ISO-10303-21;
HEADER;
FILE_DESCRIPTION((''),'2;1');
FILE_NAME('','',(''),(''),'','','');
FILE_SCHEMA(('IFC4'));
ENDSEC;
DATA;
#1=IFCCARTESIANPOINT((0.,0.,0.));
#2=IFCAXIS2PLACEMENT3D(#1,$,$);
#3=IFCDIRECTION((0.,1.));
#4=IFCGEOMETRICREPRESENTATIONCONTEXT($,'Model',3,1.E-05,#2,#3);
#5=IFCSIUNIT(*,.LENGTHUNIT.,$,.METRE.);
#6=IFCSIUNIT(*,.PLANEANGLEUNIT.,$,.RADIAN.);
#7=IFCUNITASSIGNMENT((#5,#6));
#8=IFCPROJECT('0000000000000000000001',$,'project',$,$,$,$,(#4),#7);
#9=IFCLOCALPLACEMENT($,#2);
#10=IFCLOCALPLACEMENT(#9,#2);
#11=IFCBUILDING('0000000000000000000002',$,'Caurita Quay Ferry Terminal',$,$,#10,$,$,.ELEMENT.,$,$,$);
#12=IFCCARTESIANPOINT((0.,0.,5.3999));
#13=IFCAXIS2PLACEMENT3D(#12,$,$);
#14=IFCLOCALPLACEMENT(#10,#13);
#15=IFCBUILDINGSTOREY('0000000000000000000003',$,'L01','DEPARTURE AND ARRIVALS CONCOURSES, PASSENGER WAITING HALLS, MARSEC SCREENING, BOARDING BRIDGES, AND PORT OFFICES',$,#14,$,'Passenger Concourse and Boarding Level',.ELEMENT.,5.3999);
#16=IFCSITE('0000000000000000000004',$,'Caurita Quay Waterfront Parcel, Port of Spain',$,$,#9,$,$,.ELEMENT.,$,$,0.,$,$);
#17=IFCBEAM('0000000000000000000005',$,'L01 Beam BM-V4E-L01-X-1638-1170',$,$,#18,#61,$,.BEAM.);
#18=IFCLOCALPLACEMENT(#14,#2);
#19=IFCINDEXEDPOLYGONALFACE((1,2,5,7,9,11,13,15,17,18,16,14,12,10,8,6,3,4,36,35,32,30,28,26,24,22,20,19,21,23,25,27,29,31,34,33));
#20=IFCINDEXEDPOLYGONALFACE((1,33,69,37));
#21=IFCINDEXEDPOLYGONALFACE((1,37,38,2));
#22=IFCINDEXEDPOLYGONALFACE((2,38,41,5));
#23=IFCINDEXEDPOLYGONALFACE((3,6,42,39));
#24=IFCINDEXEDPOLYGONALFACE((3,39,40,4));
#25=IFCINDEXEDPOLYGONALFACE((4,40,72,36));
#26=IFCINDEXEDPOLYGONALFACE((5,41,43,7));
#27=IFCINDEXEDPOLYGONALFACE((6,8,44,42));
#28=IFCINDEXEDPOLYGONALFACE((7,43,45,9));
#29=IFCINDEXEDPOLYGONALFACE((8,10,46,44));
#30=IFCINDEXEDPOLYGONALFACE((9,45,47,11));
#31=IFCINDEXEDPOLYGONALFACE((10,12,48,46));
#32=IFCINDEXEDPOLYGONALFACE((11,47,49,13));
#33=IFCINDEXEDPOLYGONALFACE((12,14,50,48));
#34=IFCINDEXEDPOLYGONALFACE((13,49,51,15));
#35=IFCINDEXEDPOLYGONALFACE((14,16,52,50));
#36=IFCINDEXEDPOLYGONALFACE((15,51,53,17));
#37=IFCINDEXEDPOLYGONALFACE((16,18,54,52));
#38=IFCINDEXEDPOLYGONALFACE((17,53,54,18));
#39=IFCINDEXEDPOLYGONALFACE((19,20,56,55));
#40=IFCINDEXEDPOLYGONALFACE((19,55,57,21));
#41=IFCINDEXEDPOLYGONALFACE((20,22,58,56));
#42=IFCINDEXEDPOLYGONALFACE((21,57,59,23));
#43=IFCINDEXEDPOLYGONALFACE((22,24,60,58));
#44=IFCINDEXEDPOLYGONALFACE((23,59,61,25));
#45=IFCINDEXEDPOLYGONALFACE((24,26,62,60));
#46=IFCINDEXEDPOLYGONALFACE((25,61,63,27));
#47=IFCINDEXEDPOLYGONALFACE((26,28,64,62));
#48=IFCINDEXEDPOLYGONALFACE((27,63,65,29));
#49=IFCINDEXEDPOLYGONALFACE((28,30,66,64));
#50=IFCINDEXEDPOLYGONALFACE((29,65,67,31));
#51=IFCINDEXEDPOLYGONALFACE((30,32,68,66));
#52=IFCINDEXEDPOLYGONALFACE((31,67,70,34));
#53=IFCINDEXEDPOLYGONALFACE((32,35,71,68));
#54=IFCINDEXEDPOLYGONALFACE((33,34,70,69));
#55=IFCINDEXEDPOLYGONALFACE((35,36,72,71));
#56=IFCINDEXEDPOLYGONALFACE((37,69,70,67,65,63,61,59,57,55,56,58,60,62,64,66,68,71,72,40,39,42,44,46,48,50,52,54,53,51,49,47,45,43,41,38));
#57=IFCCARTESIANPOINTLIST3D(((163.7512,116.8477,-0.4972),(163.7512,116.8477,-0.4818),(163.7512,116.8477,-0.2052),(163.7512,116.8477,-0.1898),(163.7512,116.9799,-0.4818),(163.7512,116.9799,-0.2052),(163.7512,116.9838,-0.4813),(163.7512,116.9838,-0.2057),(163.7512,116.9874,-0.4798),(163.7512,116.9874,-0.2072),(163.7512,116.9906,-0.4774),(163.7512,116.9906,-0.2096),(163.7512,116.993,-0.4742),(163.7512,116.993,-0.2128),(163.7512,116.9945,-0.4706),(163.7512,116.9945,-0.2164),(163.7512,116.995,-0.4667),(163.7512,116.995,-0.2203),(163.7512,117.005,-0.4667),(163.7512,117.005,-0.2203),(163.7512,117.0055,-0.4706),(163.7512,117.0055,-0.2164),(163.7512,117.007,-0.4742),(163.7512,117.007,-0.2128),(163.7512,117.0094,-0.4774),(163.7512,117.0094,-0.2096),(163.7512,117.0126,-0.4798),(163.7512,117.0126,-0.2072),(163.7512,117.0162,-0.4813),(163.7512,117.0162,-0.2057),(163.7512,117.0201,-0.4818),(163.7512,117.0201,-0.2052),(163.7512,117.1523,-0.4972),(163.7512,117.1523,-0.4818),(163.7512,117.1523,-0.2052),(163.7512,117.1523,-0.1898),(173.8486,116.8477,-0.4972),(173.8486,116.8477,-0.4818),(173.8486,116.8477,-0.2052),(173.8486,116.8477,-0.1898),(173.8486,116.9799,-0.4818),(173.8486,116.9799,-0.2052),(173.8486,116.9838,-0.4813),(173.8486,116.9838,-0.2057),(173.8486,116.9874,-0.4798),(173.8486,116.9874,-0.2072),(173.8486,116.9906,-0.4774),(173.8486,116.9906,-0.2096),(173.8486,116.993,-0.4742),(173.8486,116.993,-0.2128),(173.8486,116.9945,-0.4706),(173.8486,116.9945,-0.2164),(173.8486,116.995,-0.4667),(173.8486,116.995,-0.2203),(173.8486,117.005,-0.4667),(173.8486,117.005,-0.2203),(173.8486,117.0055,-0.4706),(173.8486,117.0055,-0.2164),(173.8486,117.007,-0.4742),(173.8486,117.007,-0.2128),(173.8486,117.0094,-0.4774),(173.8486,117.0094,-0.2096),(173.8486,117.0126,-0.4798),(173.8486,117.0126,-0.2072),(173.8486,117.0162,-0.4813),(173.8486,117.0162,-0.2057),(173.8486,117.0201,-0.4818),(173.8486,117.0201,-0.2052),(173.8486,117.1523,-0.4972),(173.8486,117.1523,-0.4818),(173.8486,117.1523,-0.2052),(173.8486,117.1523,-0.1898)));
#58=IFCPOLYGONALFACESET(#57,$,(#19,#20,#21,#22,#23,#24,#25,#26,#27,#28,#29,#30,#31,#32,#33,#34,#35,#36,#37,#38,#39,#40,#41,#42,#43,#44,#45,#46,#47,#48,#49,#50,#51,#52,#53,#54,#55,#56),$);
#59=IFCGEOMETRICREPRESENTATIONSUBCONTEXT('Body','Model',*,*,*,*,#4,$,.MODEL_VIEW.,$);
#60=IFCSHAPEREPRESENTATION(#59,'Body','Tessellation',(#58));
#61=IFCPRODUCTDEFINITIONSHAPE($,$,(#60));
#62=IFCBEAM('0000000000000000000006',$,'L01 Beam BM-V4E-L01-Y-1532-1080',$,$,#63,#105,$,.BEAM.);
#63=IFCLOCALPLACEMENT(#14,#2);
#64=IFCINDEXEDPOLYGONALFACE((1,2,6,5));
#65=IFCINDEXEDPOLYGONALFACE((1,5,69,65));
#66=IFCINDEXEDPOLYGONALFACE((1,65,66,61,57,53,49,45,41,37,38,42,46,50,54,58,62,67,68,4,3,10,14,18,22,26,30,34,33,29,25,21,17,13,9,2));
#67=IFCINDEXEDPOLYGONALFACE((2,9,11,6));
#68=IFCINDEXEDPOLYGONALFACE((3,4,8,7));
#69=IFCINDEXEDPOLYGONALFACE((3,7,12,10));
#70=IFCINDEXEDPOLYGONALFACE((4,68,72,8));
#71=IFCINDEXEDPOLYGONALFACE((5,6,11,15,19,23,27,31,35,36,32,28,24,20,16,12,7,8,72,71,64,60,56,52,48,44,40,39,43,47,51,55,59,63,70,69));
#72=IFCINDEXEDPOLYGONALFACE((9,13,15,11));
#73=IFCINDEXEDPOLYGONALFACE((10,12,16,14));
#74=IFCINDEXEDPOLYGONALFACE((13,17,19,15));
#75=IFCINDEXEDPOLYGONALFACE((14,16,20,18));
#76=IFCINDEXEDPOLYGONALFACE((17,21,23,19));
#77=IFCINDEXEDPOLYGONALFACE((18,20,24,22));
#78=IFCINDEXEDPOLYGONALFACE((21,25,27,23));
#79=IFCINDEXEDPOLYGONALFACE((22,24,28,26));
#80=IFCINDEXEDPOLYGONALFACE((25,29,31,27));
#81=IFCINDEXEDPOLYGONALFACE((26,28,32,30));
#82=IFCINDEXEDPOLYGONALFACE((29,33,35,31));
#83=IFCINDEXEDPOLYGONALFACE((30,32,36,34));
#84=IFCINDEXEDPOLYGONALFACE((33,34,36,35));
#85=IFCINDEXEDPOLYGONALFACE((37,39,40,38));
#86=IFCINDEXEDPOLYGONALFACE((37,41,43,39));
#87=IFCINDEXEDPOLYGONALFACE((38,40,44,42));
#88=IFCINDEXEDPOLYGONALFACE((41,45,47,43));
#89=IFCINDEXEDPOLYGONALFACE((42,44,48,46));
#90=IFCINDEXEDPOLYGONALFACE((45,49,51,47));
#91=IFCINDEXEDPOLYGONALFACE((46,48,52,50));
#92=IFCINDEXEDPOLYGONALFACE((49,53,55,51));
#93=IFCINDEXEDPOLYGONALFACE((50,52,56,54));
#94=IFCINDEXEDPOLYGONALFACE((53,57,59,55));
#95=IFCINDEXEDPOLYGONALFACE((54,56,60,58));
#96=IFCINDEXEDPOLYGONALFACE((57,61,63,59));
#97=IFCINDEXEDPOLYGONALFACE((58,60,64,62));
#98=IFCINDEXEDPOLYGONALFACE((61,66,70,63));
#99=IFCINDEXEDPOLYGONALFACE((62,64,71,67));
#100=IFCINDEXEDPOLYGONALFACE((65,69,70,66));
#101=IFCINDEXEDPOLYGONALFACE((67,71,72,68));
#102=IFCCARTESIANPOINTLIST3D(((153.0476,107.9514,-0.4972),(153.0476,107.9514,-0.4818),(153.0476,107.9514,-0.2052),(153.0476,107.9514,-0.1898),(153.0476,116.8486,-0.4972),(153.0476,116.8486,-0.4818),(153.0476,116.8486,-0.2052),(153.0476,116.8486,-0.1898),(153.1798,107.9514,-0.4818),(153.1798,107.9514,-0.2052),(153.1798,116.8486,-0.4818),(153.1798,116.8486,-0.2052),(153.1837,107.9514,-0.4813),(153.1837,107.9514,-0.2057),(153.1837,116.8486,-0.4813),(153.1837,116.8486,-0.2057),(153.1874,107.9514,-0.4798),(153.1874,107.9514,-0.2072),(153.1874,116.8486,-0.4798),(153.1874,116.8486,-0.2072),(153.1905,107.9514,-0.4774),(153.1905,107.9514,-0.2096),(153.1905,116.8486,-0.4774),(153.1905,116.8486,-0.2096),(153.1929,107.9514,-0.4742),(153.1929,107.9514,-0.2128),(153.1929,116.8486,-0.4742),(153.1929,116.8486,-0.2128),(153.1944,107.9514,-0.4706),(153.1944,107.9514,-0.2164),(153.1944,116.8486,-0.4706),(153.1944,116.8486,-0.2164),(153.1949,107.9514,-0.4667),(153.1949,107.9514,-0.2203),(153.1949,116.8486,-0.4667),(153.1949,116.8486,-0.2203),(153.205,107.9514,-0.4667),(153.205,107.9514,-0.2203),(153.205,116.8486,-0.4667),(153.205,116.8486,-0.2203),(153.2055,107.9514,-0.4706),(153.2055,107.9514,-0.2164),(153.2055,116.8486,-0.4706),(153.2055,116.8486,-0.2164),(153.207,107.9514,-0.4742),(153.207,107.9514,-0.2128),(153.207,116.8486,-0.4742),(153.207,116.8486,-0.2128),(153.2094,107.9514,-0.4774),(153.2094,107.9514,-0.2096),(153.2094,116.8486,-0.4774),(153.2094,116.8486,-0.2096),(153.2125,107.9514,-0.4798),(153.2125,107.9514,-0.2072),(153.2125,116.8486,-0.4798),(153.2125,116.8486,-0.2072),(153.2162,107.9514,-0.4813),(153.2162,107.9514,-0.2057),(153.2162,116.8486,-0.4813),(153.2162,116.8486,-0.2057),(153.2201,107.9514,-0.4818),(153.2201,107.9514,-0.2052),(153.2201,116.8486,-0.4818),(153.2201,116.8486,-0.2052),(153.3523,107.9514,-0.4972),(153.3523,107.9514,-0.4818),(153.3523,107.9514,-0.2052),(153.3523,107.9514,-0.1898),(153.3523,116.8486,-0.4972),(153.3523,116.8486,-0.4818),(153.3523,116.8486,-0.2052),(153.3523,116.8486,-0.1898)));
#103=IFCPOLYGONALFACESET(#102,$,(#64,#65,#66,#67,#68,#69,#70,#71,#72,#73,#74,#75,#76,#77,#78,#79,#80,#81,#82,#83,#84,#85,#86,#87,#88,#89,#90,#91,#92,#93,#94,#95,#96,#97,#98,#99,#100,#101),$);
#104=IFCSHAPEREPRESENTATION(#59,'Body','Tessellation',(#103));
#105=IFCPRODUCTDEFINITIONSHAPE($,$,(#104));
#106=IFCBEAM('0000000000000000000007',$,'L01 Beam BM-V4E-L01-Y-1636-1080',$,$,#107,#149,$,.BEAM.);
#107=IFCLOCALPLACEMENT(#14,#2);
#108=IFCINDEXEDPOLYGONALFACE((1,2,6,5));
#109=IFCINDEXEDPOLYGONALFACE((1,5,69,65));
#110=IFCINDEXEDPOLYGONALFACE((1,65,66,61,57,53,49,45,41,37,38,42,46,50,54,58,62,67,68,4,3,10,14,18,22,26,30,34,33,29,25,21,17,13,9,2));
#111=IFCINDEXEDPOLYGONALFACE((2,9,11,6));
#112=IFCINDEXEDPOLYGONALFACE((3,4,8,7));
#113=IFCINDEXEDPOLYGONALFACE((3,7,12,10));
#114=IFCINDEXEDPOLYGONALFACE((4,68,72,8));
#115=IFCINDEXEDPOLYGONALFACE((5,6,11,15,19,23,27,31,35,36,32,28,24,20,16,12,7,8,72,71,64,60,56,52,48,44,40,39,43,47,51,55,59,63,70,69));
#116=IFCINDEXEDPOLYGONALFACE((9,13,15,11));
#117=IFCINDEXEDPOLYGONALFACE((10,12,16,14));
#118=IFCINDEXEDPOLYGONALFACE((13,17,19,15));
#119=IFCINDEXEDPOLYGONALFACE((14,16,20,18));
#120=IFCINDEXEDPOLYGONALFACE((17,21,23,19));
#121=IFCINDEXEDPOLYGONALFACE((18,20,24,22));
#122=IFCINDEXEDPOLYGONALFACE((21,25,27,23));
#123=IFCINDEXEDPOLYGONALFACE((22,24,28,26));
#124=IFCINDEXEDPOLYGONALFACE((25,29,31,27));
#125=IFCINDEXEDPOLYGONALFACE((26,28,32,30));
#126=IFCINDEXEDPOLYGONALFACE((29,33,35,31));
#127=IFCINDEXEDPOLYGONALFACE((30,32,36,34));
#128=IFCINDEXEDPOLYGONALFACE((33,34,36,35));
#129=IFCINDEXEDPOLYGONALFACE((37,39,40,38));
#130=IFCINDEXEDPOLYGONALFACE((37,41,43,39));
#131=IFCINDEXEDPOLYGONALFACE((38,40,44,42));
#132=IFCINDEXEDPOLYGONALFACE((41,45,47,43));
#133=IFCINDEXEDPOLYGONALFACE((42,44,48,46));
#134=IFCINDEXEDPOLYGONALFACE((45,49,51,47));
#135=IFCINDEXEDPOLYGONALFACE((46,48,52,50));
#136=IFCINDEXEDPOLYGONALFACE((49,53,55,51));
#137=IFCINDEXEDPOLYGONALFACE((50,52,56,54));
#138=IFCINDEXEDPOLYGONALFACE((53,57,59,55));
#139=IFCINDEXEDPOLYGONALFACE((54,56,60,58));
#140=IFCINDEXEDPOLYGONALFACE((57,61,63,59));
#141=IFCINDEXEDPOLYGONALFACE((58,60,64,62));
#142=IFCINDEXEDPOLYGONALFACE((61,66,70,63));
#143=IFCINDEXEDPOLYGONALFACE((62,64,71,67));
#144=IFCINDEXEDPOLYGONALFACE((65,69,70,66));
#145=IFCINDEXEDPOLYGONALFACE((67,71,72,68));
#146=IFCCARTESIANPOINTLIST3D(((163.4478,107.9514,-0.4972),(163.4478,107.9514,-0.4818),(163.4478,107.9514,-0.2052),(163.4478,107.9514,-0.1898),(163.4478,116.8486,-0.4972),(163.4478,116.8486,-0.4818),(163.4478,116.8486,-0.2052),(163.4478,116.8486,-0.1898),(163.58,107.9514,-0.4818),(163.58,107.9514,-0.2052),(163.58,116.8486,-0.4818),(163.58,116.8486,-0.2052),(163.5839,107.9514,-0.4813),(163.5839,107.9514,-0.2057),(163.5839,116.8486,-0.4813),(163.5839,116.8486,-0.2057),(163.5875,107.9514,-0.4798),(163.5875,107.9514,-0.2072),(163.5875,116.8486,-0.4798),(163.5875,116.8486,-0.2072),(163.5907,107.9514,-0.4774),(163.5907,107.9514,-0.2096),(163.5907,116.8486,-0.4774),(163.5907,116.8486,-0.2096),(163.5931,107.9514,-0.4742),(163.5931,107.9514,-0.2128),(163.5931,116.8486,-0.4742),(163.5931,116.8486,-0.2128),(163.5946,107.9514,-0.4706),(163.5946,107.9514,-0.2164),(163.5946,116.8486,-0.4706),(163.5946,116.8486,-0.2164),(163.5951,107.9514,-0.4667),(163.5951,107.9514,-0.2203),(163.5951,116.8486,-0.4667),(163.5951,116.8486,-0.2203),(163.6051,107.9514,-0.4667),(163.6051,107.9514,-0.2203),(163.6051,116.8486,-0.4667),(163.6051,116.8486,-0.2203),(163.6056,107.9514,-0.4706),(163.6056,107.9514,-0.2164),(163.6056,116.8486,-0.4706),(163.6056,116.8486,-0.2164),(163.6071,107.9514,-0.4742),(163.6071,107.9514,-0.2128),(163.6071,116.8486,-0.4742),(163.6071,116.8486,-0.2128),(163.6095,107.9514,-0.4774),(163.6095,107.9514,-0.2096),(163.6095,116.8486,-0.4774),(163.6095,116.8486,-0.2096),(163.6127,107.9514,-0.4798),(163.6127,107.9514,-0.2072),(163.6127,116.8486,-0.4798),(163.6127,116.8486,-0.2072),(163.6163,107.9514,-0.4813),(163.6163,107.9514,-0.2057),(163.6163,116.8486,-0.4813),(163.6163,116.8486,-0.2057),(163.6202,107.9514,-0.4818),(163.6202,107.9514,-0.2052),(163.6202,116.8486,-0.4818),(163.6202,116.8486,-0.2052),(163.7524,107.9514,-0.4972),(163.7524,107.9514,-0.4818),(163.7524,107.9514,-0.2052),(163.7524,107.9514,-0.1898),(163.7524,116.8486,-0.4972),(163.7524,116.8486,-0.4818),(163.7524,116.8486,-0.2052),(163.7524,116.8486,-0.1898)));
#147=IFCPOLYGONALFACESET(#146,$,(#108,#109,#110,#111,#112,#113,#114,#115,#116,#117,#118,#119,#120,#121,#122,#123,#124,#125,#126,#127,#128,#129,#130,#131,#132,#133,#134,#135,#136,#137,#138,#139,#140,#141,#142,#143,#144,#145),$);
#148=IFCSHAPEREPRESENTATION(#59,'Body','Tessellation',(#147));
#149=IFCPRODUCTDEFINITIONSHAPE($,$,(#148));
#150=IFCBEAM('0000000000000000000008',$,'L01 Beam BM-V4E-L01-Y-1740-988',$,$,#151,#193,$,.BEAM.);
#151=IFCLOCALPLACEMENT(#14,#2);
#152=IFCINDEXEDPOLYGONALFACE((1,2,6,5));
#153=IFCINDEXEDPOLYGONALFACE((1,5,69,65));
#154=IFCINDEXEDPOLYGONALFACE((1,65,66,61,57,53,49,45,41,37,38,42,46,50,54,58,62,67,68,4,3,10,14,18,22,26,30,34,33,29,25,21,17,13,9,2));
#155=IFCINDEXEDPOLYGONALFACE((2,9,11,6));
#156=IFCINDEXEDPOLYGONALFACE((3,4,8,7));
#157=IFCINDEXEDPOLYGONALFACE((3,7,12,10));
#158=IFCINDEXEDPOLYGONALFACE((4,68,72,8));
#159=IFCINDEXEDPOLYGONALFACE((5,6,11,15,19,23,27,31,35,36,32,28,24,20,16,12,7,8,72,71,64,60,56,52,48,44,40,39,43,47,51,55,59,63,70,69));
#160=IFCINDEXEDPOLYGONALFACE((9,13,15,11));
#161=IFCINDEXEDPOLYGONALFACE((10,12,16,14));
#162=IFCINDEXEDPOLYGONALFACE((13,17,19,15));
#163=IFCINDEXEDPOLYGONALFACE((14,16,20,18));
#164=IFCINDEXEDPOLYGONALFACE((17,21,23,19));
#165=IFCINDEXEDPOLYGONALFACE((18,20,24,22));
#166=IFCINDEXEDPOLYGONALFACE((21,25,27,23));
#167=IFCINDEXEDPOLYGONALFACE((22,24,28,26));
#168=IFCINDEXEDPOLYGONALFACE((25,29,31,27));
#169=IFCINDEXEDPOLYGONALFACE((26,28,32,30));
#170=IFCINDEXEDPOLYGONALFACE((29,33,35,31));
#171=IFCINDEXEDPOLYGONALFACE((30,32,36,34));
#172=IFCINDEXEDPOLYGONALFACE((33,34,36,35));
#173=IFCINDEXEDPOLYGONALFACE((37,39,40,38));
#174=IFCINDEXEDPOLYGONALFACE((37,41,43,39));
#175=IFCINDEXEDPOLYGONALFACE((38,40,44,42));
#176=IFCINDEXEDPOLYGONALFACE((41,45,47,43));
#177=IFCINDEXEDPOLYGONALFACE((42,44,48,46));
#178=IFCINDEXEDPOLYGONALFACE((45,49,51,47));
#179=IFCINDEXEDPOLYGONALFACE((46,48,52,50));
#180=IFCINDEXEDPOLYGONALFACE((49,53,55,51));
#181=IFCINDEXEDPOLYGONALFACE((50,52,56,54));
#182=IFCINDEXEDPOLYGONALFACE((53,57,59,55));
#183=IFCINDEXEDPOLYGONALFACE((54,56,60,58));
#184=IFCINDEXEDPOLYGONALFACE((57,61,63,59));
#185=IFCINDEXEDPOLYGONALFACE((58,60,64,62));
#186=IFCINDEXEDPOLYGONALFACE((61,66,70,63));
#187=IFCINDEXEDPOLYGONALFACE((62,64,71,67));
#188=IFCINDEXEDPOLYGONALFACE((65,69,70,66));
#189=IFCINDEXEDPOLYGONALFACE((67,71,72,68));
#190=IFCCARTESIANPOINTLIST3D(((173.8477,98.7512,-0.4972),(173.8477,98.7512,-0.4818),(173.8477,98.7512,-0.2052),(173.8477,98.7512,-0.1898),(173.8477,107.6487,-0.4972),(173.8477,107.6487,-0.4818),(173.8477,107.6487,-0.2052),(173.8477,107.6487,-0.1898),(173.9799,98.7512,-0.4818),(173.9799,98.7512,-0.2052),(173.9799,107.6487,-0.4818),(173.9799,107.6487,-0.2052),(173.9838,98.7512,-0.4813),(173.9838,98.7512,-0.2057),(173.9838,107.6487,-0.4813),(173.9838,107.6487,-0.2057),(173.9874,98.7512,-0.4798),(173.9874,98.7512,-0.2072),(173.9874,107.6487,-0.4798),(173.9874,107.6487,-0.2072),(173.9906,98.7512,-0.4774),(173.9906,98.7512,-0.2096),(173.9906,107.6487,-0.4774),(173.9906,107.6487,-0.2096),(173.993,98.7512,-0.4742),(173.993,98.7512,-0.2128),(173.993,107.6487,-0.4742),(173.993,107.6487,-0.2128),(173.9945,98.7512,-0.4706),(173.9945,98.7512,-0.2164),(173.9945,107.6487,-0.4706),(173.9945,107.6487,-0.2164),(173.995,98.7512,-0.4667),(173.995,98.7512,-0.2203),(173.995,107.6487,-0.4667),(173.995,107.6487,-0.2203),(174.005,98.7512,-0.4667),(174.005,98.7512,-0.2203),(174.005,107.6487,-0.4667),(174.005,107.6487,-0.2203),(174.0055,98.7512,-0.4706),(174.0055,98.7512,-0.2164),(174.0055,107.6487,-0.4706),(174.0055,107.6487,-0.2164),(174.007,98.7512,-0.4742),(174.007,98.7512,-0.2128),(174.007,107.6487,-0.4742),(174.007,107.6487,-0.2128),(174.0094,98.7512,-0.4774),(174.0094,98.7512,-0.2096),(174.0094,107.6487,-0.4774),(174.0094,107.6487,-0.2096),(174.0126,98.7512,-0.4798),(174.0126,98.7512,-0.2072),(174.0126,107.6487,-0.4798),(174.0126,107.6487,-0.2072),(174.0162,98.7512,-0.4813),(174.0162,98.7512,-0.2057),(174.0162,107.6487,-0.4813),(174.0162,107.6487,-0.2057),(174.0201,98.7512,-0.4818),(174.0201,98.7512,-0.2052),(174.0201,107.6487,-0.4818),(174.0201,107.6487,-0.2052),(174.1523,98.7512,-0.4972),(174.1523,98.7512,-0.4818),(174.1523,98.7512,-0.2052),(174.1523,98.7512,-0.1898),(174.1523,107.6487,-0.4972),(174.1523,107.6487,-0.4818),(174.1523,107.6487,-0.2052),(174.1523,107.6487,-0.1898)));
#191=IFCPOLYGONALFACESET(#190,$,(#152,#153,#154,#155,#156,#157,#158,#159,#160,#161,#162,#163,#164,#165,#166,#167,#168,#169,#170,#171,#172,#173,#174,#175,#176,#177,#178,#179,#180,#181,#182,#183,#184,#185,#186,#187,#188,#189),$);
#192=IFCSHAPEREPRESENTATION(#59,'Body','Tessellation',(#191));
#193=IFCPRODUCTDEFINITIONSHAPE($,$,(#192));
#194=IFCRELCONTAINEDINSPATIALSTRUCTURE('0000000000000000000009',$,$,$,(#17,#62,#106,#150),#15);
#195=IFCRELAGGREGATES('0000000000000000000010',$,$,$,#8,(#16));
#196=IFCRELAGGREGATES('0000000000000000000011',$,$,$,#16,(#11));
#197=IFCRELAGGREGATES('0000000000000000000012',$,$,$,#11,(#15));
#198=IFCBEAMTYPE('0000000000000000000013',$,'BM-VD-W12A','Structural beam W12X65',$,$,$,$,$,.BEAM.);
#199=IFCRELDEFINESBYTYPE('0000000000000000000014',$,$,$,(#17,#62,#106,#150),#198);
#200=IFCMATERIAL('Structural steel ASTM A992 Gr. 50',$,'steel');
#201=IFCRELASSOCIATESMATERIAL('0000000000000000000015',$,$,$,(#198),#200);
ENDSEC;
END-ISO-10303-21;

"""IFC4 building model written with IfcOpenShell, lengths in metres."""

from ifc_helpers import new_model, si_unit, direction, frame, origin, origin_2d, place, context, subcontext, project, spatial, i_section, extrude, material, material_profile, profile_set, type_object, element, save


model = new_model("IFC4")

# Units and contexts
model_context = context("Model", 3, precision=1e-05, world=origin(), true_north=direction((0.0, 1.0)))
body_context = subcontext(model_context, "Body", "Model", "MODEL_VIEW")
ifc_project = project(units=[si_unit("LENGTHUNIT", "METRE"), si_unit("PLANEANGLEUNIT", "RADIAN")], contexts=[model_context])

# Site, building, storey
site_placement = place(None, origin())
site = spatial("IfcSite", under=ifc_project, at=site_placement, Name="Caurita Quay Waterfront Parcel, Port of Spain", CompositionType="ELEMENT", RefElevation=0.0)
building_placement = place(site_placement, origin())
building = spatial("IfcBuilding", under=site, at=building_placement, Name="Caurita Quay Ferry Terminal", CompositionType="ELEMENT")
storey_placement = place(building_placement, frame((0.0, 0.0, 5.3999)))
storey = spatial("IfcBuildingStorey", under=building, at=storey_placement, Name="L01", Description="DEPARTURE AND ARRIVALS CONCOURSES, PASSENGER WAITING HALLS, MARSEC SCREENING, BOARDING BRIDGES, AND PORT OFFICES", LongName="Passenger Concourse and Boarding Level", CompositionType="ELEMENT", Elevation=5.3999)

# Beams
ifc_material_1 = material(Name="Structural steel ASTM A992 Gr. 50", Category="steel")
ifc_material_profile_1 = material_profile(ifc_material_1, i_section(OverallWidth=0.3047, OverallDepth=0.3074, WebThickness=0.01, FlangeThickness=0.0154, FilletRadius=0.0151, at=origin_2d()), Name="W12X65")
ifc_profile_set_1 = profile_set([ifc_material_profile_1], Name="Structural steel ASTM A992 Gr. 50")
beam_type_1 = type_object("IfcBeamType", Name="BM-VD-W12A", Description="Structural beam W12X65", PredefinedType="BEAM", material=ifc_profile_set_1)
for number, where, z_axis, x_axis, name in (
    (1, (163.7512, 117.0, -0.3435), (1.0, 0.0, 0.0), (0.0, 1.0, 0.0), "L01 Beam BM-V4E-L01-X-1638-1170"),
):
    element("IfcBeam", number, at=place(storey_placement, frame(where, z_axis=z_axis, x_axis=x_axis)), inside=storey, type_object=beam_type_1, Name=name, PredefinedType="BEAM", context=body_context, shape_type="SweptSolid", body=[
        extrude(i_section(OverallWidth=0.3047, OverallDepth=0.3074, WebThickness=0.01, FlangeThickness=0.0154, FilletRadius=0.0151, at=origin_2d()), origin(), (0.0, 0.0, 1.0), 10.0974),
    ])
for number, where, z_axis, x_axis, name in (
    (2, (153.2, 107.9514, -0.3435), (0.0, 1.0, 0.0), (-1.0, 0.0, 0.0), "L01 Beam BM-V4E-L01-Y-1532-1080"),
    (3, (163.6001, 107.9514, -0.3435), (0.0, 1.0, 0.0), (-1.0, 0.0, 0.0), "L01 Beam BM-V4E-L01-Y-1636-1080"),
):
    element("IfcBeam", number, at=place(storey_placement, frame(where, z_axis=z_axis, x_axis=x_axis)), inside=storey, type_object=beam_type_1, Name=name, PredefinedType="BEAM", context=body_context, shape_type="SweptSolid", body=[
        extrude(i_section(OverallWidth=0.3047, OverallDepth=0.3074, WebThickness=0.01, FlangeThickness=0.0154, FilletRadius=0.0151, at=origin_2d()), origin(), (0.0, 0.0, 1.0), 8.8972),
    ])
beam_1_placement = place(storey_placement, frame((174.0, 98.7512, -0.3435), z_axis=(0.0, 1.0, 0.0), x_axis=(-1.0, 0.0, 0.0)))
element("IfcBeam", 4, at=beam_1_placement, inside=storey, type_object=beam_type_1, Name="L01 Beam BM-V4E-L01-Y-1740-988", PredefinedType="BEAM", context=body_context, shape_type="SweptSolid", body=[
    extrude(i_section(OverallWidth=0.3047, OverallDepth=0.3074, WebThickness=0.01, FlangeThickness=0.0154, FilletRadius=0.0151, at=origin_2d()), origin(), (0.0, 0.0, 1.0), 8.8975),
])

save(model, "model.ifc")
